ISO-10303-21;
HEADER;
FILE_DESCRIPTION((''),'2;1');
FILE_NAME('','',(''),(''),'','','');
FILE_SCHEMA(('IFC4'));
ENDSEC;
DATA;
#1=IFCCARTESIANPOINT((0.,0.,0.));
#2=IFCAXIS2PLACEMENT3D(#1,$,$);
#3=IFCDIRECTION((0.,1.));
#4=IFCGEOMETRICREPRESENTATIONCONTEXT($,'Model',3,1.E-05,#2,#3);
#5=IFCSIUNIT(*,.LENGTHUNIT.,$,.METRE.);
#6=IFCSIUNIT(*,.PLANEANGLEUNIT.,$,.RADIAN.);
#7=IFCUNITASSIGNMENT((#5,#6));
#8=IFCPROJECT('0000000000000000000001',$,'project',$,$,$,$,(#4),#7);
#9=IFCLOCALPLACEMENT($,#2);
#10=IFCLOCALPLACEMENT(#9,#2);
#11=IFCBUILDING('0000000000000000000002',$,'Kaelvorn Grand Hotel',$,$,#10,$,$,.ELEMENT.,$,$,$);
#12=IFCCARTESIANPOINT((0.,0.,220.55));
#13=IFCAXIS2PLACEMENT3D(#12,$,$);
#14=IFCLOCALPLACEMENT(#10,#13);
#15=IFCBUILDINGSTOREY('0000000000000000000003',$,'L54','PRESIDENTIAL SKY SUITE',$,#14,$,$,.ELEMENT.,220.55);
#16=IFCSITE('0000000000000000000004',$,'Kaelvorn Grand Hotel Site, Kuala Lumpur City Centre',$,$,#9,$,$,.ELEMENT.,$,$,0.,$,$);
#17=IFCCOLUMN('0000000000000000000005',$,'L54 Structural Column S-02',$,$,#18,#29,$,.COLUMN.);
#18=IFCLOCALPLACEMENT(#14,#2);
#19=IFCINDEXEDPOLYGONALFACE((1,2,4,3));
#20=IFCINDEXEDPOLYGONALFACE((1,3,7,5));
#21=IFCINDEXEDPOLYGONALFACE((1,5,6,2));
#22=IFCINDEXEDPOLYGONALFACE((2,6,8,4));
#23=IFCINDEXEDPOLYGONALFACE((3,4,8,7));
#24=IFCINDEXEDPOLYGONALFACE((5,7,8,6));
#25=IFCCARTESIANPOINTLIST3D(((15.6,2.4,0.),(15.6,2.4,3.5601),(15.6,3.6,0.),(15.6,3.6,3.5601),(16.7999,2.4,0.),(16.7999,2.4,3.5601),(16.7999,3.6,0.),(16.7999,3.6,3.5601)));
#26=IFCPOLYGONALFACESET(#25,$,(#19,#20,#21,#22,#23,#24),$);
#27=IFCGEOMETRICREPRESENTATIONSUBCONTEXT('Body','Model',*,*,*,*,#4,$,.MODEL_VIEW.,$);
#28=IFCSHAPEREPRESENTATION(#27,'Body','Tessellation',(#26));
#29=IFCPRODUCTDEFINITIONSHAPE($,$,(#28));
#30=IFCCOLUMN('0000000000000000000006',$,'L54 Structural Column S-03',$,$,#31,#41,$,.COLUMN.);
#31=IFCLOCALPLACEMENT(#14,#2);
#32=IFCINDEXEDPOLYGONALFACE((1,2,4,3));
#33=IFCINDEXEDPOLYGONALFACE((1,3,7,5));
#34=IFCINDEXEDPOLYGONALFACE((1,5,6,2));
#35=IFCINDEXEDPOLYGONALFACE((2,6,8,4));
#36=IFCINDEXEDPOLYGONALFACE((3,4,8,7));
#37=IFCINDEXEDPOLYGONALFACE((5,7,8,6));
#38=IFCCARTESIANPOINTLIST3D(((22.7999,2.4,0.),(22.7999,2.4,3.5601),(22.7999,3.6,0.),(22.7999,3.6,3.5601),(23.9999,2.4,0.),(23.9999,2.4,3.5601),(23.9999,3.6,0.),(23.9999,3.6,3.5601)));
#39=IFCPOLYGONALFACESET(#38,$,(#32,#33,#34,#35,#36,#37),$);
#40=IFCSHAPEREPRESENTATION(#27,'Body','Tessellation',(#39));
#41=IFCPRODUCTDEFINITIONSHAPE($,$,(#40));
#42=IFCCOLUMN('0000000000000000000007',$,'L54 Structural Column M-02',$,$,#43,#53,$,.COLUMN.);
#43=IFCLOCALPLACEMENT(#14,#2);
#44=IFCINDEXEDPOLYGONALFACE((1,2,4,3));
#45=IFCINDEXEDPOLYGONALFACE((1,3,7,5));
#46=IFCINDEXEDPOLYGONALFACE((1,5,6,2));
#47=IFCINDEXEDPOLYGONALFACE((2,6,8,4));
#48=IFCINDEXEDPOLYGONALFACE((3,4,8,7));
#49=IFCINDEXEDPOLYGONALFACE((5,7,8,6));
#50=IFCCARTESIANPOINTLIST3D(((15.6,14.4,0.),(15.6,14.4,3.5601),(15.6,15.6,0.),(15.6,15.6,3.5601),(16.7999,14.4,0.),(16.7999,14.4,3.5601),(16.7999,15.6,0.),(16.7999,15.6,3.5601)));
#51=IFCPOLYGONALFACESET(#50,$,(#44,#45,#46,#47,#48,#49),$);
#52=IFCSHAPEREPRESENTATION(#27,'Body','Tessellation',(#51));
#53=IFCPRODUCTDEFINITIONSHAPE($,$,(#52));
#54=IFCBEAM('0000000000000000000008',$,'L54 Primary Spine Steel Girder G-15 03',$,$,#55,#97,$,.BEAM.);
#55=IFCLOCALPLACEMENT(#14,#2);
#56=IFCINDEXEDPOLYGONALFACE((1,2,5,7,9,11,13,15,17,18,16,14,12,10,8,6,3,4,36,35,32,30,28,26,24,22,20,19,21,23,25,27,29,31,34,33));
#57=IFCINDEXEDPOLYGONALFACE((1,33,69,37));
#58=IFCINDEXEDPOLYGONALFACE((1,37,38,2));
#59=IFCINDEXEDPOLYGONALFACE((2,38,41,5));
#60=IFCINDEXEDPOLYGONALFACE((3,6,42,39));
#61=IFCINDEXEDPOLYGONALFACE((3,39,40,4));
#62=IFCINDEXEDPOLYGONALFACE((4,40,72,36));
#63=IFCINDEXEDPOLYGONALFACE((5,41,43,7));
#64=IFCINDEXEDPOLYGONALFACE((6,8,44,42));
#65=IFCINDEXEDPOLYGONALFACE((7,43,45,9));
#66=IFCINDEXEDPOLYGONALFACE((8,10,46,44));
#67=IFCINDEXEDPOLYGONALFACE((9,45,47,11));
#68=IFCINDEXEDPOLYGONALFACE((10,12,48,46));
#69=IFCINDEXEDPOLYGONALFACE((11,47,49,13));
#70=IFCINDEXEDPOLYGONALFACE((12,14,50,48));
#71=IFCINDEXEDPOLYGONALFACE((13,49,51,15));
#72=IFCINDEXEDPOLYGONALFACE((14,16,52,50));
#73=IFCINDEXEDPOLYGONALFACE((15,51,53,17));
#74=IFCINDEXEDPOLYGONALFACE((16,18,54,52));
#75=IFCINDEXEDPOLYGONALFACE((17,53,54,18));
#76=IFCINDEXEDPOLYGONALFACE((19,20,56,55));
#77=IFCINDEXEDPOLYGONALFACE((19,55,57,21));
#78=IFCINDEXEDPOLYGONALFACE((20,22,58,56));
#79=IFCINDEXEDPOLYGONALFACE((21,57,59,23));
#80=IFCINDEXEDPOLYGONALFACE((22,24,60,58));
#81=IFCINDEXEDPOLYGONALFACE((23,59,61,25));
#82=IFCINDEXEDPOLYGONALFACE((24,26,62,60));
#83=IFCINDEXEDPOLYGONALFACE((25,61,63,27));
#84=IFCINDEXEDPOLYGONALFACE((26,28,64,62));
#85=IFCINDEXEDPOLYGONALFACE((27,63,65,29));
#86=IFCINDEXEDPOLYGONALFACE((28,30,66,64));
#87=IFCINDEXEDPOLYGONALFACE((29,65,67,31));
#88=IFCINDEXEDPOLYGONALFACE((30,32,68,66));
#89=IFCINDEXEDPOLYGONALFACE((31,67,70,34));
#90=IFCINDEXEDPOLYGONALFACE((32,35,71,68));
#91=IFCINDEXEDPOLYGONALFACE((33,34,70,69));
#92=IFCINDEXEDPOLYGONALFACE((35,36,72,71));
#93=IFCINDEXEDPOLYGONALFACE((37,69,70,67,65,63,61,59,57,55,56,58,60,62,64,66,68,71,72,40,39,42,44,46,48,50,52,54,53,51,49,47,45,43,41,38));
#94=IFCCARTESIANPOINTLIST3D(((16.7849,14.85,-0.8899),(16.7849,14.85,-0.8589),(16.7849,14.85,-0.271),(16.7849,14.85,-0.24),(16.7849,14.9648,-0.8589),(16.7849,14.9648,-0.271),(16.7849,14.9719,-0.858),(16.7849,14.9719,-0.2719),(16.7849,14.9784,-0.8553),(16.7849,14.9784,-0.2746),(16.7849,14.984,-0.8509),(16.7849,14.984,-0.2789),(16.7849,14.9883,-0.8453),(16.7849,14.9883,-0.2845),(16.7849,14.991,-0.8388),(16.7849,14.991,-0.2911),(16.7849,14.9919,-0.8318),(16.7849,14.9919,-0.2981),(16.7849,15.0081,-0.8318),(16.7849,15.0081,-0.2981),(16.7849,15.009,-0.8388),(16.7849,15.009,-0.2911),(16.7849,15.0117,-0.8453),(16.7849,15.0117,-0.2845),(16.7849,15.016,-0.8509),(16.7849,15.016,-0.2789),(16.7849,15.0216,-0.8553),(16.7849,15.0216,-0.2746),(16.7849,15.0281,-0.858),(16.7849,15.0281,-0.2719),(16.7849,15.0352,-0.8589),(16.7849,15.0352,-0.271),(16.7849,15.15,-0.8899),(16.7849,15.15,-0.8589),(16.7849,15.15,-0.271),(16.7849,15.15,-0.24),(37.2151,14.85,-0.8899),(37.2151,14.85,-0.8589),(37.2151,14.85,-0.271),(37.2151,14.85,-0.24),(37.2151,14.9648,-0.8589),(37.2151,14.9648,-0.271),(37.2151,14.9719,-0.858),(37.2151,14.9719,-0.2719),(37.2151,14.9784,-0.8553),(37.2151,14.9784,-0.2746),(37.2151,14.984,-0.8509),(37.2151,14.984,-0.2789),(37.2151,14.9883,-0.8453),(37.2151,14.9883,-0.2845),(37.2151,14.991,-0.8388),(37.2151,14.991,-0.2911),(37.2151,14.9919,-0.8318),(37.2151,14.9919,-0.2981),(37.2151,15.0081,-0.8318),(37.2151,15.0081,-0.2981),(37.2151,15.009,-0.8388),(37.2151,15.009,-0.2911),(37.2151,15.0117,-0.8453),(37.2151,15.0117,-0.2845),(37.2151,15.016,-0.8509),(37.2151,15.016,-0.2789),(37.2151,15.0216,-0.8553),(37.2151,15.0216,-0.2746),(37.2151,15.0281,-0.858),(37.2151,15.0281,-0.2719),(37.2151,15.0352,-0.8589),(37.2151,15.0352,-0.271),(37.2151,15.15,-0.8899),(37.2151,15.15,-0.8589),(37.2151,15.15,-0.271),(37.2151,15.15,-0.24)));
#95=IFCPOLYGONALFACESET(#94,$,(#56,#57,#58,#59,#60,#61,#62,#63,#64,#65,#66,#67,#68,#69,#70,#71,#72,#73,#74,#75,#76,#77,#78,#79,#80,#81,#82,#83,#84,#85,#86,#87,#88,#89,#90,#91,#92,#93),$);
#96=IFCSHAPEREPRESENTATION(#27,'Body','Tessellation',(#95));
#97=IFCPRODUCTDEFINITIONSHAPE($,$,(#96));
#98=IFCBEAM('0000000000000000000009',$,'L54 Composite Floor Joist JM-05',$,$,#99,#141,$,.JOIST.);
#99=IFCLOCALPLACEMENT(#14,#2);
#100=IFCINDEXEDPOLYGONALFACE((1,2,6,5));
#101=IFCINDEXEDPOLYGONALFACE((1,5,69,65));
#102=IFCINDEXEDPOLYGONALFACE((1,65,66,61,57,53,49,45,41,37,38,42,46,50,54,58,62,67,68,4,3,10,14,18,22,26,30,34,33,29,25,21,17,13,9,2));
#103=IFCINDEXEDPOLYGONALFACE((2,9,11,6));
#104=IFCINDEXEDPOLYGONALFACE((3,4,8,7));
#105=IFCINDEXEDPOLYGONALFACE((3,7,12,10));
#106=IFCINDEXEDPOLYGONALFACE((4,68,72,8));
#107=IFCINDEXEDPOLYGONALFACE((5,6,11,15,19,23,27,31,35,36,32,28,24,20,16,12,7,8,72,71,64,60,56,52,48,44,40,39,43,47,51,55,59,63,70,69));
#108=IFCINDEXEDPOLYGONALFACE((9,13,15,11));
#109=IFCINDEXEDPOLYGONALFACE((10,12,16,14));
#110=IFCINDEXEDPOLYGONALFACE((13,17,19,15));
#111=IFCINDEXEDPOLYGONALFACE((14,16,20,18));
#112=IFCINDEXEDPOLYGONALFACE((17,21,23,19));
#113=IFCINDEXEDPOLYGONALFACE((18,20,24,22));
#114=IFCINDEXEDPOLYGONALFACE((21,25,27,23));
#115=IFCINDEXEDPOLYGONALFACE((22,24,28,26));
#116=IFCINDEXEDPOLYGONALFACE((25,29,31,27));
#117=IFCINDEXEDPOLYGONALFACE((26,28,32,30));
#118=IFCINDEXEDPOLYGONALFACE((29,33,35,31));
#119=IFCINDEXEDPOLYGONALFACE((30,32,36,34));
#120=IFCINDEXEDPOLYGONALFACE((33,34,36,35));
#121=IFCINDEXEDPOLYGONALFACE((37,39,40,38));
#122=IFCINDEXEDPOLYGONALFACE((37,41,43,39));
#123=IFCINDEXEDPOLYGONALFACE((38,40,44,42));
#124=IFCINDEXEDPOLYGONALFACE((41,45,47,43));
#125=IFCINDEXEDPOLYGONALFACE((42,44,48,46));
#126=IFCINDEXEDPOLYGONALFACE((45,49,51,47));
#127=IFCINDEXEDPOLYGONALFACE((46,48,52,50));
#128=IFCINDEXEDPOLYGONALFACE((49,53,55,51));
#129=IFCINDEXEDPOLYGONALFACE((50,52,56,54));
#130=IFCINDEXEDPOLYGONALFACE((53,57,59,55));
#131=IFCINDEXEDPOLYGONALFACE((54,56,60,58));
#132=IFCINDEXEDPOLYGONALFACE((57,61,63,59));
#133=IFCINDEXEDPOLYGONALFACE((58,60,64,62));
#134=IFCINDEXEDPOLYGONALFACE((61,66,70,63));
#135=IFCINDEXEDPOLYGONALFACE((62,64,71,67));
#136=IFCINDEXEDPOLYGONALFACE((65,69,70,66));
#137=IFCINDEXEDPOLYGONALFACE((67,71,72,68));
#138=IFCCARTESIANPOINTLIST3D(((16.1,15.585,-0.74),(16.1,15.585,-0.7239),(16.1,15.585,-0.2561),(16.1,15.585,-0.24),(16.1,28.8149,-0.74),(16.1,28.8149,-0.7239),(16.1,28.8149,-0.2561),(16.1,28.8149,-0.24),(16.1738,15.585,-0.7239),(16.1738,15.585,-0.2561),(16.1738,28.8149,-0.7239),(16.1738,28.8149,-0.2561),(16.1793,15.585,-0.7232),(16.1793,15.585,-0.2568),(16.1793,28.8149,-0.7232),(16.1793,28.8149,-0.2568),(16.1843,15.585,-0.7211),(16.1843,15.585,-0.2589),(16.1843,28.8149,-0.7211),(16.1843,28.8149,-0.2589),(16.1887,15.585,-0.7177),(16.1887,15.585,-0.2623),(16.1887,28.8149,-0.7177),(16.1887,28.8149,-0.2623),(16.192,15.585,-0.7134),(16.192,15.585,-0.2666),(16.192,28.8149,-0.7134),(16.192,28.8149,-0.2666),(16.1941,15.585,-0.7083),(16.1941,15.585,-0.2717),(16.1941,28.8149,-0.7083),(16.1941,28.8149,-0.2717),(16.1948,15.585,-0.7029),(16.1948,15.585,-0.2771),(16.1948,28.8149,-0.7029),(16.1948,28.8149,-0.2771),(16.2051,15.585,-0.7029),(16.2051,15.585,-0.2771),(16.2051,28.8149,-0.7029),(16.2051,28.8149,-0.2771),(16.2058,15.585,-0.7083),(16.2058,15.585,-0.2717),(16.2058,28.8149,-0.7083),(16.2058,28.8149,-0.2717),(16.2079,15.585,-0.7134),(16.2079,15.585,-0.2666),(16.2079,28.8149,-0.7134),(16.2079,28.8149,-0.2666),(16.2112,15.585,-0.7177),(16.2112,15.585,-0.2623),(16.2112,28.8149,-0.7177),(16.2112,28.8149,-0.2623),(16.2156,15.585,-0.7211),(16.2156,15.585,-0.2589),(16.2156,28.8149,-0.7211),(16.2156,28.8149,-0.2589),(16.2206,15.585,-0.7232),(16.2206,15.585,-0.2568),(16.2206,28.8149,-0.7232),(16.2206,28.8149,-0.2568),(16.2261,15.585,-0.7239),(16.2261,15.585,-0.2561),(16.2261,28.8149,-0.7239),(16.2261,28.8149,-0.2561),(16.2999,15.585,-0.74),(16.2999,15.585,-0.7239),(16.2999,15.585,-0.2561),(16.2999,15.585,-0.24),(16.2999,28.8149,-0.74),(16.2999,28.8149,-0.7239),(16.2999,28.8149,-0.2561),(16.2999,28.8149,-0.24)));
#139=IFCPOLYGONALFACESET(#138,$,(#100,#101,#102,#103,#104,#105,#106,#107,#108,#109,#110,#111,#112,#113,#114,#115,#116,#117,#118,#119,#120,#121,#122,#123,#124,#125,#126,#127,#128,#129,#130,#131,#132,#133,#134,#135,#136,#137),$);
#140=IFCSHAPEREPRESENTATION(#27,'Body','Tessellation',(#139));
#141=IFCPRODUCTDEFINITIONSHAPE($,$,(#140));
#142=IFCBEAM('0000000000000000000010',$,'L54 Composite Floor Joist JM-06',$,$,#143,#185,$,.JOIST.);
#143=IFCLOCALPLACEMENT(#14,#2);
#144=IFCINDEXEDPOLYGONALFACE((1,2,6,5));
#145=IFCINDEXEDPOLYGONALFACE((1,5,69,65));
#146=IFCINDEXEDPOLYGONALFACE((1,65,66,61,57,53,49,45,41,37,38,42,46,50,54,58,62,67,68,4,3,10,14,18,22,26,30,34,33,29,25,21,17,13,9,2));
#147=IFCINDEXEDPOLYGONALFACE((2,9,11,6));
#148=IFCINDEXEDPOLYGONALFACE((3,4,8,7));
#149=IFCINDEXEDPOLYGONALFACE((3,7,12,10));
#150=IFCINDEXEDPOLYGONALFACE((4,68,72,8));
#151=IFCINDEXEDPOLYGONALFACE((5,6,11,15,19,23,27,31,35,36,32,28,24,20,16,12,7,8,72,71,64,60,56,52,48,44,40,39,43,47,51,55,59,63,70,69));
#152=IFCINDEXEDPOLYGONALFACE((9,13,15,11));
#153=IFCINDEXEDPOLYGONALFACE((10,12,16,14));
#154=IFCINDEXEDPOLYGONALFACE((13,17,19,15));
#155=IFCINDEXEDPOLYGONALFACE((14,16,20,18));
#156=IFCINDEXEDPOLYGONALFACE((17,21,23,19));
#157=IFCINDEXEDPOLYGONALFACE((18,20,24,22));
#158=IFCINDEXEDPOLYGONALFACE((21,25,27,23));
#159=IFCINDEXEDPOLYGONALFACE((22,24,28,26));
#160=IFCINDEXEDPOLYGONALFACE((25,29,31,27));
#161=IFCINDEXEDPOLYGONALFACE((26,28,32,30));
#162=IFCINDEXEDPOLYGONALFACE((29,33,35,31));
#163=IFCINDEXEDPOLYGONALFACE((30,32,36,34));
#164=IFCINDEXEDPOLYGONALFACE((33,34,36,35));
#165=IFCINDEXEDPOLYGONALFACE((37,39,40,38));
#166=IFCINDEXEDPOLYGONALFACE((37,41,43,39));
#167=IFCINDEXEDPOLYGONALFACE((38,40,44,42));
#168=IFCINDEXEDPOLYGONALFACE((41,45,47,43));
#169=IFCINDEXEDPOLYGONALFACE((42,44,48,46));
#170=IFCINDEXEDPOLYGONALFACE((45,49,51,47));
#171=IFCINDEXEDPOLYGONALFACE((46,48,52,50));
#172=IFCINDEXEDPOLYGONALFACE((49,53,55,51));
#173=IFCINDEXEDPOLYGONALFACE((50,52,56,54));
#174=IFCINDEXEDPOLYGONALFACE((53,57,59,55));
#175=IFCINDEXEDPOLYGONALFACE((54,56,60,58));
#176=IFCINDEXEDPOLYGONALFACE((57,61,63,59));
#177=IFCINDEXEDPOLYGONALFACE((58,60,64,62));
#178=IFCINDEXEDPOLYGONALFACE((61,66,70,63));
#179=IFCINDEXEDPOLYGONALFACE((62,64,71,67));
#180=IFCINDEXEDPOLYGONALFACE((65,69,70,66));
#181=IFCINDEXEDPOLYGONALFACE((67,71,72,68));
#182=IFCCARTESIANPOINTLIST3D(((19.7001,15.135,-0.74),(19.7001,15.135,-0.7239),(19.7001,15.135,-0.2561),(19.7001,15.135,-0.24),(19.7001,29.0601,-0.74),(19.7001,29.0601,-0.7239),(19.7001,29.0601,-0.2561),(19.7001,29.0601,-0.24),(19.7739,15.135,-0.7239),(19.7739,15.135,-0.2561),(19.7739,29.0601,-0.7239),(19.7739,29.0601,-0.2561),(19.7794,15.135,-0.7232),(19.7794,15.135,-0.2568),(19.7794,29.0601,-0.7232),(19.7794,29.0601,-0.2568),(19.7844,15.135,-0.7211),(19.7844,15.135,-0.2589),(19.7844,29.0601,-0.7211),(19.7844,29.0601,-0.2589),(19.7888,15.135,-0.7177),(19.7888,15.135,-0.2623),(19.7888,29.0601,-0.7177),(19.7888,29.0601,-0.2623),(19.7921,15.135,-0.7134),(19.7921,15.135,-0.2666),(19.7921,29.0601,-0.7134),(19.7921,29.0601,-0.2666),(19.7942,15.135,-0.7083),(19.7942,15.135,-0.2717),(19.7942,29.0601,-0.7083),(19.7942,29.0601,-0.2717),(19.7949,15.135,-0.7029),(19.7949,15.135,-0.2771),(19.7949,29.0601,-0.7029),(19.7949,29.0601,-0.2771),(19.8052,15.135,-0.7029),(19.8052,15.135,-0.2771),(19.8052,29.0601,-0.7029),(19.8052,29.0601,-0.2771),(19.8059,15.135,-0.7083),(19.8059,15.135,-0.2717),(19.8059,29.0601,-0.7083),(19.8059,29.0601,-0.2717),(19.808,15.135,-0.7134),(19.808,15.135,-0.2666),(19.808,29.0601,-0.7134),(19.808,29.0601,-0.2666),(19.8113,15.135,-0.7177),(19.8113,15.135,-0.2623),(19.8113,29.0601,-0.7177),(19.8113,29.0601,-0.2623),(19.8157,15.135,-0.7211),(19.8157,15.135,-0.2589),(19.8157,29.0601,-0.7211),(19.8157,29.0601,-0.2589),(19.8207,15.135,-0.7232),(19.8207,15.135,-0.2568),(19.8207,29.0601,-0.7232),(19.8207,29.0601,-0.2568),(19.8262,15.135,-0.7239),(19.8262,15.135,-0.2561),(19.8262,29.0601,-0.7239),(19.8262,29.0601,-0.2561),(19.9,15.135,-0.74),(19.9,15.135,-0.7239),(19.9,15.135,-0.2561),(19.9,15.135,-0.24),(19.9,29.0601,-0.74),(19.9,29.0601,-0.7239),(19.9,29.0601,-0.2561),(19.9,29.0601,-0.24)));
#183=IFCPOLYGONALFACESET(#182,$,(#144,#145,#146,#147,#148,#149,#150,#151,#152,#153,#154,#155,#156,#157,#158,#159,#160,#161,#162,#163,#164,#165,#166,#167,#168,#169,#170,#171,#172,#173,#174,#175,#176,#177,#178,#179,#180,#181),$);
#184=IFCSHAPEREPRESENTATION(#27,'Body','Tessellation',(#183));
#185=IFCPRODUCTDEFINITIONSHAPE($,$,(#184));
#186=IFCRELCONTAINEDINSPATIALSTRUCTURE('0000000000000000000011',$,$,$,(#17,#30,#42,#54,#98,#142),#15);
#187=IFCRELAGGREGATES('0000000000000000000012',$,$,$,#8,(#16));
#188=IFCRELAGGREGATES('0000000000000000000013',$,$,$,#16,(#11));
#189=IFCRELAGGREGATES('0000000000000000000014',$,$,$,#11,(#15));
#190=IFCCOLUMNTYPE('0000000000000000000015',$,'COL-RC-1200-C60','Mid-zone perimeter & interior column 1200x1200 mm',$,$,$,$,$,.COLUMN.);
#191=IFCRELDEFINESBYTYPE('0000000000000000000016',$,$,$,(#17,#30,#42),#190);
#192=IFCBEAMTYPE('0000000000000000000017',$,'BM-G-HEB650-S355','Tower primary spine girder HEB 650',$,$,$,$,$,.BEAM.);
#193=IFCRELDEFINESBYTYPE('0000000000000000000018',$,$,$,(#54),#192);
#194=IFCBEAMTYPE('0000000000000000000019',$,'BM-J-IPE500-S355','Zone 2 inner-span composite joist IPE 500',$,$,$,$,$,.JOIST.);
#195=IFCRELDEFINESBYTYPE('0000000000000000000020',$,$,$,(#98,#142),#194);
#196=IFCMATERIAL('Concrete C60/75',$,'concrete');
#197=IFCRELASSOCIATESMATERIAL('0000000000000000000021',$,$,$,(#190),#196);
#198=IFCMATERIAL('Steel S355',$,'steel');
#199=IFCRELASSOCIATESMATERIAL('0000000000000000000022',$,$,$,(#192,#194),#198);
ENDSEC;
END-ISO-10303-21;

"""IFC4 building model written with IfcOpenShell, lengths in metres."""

from ifc_helpers import new_model, si_unit, direction, frame, origin, origin_2d, place, context, subcontext, project, spatial, rectangle, i_section, extrude, material, material_profile, profile_set, type_object, element, save


model = new_model("IFC4")

# Units and contexts
model_context = context("Model", 3, precision=1e-05, world=origin(), true_north=direction((0.0, 1.0)))
body_context = subcontext(model_context, "Body", "Model", "MODEL_VIEW")
ifc_project = project(units=[si_unit("LENGTHUNIT", "METRE"), si_unit("PLANEANGLEUNIT", "RADIAN")], contexts=[model_context])

# Site, building, storey
site_placement = place(None, origin())
site = spatial("IfcSite", under=ifc_project, at=site_placement, Name="Kaelvorn Grand Hotel Site, Kuala Lumpur City Centre", CompositionType="ELEMENT", RefElevation=0.0)
building_placement = place(site_placement, origin())
building = spatial("IfcBuilding", under=site, at=building_placement, Name="Kaelvorn Grand Hotel", CompositionType="ELEMENT")
storey_placement = place(building_placement, frame((0.0, 0.0, 220.55)))
storey = spatial("IfcBuildingStorey", under=building, at=storey_placement, Name="L54", Description="PRESIDENTIAL SKY SUITE", CompositionType="ELEMENT", Elevation=220.55)

# Columns
ifc_material_1 = material(Name="Concrete C60/75", Category="concrete")
ifc_material_profile_1 = material_profile(ifc_material_1, rectangle(XDim=1.2, YDim=1.2, at=origin_2d()), Name="RC COL 1200x1200")
ifc_profile_set_1 = profile_set([ifc_material_profile_1], Name="Concrete C60/75")
column_type = type_object("IfcColumnType", Name="COL-RC-1200-C60", Description="Mid-zone perimeter & interior column 1200x1200 mm", PredefinedType="COLUMN", material=ifc_profile_set_1)
for number, where, z_axis, x_axis, name in (
    (1, (16.2, 3.0, 0.0), (0.0, 0.0, 1.0), (1.0, 0.0, 0.0), "L54 Structural Column S-02"),
    (2, (23.3999, 3.0, 0.0), (0.0, 0.0, 1.0), (1.0, 0.0, 0.0), "L54 Structural Column S-03"),
    (3, (16.2, 15.0, 0.0), (0.0, 0.0, 1.0), (1.0, 0.0, 0.0), "L54 Structural Column M-02"),
):
    element("IfcColumn", number, at=place(storey_placement, frame(where, z_axis=z_axis, x_axis=x_axis)), inside=storey, type_object=column_type, Name=name, PredefinedType="COLUMN", context=body_context, shape_type="SweptSolid", body=[
        extrude(rectangle(XDim=1.2, YDim=1.2, at=origin_2d()), origin(), (0.0, 0.0, 1.0), 3.5601),
    ])

# Beams
ifc_material_2 = material(Name="Steel S355", Category="steel")
ifc_material_profile_2 = material_profile(ifc_material_2, i_section(OverallWidth=0.3, OverallDepth=0.6499, WebThickness=0.0161, FlangeThickness=0.031, FilletRadius=0.0271, at=origin_2d()), Name="HEB 650")
ifc_profile_set_2 = profile_set([ifc_material_profile_2], Name="Steel S355")
beam_type_1 = type_object("IfcBeamType", Name="BM-G-HEB650-S355", Description="Tower primary spine girder HEB 650", PredefinedType="BEAM", material=ifc_profile_set_2)
beam_1_placement = place(storey_placement, frame((16.7849, 15.0, -0.5649), z_axis=(1.0, 0.0, 0.0), x_axis=(0.0, 1.0, 0.0)))
element("IfcBeam", 4, at=beam_1_placement, inside=storey, type_object=beam_type_1, Name="L54 Primary Spine Steel Girder G-15 03", PredefinedType="BEAM", context=body_context, shape_type="SweptSolid", body=[
    extrude(i_section(OverallWidth=0.3, OverallDepth=0.6499, WebThickness=0.0161, FlangeThickness=0.031, FilletRadius=0.0271, at=origin_2d()), origin(), (0.0, 0.0, 1.0), 20.4302),
])
ifc_material_profile_3 = material_profile(ifc_material_2, i_section(OverallWidth=0.2, OverallDepth=0.5, WebThickness=0.0103, FlangeThickness=0.0161, FilletRadius=0.021, at=origin_2d()), Name="IPE 500")
ifc_profile_set_3 = profile_set([ifc_material_profile_3], Name="Steel S355")
beam_type_2 = type_object("IfcBeamType", Name="BM-J-IPE500-S355", Description="Zone 2 inner-span composite joist IPE 500", PredefinedType="JOIST", material=ifc_profile_set_3)
beam_2_placement = place(storey_placement, frame((16.2, 15.585, -0.49), z_axis=(0.0, 1.0, 0.0), x_axis=(-1.0, 0.0, 0.0)))
element("IfcBeam", 5, at=beam_2_placement, inside=storey, type_object=beam_type_2, Name="L54 Composite Floor Joist JM-05", PredefinedType="JOIST", context=body_context, shape_type="SweptSolid", body=[
    extrude(i_section(OverallWidth=0.2, OverallDepth=0.5, WebThickness=0.0103, FlangeThickness=0.0161, FilletRadius=0.021, at=origin_2d()), origin(), (0.0, 0.0, 1.0), 13.23),
])
beam_3_placement = place(storey_placement, frame((19.8, 15.135, -0.49), z_axis=(0.0, 1.0, 0.0), x_axis=(-1.0, 0.0, 0.0)))
element("IfcBeam", 6, at=beam_3_placement, inside=storey, type_object=beam_type_2, Name="L54 Composite Floor Joist JM-06", PredefinedType="JOIST", context=body_context, shape_type="SweptSolid", body=[
    extrude(i_section(OverallWidth=0.2, OverallDepth=0.5, WebThickness=0.0103, FlangeThickness=0.0161, FilletRadius=0.021, at=origin_2d()), origin(), (0.0, 0.0, 1.0), 13.925),
])

save(model, "model.ifc")
